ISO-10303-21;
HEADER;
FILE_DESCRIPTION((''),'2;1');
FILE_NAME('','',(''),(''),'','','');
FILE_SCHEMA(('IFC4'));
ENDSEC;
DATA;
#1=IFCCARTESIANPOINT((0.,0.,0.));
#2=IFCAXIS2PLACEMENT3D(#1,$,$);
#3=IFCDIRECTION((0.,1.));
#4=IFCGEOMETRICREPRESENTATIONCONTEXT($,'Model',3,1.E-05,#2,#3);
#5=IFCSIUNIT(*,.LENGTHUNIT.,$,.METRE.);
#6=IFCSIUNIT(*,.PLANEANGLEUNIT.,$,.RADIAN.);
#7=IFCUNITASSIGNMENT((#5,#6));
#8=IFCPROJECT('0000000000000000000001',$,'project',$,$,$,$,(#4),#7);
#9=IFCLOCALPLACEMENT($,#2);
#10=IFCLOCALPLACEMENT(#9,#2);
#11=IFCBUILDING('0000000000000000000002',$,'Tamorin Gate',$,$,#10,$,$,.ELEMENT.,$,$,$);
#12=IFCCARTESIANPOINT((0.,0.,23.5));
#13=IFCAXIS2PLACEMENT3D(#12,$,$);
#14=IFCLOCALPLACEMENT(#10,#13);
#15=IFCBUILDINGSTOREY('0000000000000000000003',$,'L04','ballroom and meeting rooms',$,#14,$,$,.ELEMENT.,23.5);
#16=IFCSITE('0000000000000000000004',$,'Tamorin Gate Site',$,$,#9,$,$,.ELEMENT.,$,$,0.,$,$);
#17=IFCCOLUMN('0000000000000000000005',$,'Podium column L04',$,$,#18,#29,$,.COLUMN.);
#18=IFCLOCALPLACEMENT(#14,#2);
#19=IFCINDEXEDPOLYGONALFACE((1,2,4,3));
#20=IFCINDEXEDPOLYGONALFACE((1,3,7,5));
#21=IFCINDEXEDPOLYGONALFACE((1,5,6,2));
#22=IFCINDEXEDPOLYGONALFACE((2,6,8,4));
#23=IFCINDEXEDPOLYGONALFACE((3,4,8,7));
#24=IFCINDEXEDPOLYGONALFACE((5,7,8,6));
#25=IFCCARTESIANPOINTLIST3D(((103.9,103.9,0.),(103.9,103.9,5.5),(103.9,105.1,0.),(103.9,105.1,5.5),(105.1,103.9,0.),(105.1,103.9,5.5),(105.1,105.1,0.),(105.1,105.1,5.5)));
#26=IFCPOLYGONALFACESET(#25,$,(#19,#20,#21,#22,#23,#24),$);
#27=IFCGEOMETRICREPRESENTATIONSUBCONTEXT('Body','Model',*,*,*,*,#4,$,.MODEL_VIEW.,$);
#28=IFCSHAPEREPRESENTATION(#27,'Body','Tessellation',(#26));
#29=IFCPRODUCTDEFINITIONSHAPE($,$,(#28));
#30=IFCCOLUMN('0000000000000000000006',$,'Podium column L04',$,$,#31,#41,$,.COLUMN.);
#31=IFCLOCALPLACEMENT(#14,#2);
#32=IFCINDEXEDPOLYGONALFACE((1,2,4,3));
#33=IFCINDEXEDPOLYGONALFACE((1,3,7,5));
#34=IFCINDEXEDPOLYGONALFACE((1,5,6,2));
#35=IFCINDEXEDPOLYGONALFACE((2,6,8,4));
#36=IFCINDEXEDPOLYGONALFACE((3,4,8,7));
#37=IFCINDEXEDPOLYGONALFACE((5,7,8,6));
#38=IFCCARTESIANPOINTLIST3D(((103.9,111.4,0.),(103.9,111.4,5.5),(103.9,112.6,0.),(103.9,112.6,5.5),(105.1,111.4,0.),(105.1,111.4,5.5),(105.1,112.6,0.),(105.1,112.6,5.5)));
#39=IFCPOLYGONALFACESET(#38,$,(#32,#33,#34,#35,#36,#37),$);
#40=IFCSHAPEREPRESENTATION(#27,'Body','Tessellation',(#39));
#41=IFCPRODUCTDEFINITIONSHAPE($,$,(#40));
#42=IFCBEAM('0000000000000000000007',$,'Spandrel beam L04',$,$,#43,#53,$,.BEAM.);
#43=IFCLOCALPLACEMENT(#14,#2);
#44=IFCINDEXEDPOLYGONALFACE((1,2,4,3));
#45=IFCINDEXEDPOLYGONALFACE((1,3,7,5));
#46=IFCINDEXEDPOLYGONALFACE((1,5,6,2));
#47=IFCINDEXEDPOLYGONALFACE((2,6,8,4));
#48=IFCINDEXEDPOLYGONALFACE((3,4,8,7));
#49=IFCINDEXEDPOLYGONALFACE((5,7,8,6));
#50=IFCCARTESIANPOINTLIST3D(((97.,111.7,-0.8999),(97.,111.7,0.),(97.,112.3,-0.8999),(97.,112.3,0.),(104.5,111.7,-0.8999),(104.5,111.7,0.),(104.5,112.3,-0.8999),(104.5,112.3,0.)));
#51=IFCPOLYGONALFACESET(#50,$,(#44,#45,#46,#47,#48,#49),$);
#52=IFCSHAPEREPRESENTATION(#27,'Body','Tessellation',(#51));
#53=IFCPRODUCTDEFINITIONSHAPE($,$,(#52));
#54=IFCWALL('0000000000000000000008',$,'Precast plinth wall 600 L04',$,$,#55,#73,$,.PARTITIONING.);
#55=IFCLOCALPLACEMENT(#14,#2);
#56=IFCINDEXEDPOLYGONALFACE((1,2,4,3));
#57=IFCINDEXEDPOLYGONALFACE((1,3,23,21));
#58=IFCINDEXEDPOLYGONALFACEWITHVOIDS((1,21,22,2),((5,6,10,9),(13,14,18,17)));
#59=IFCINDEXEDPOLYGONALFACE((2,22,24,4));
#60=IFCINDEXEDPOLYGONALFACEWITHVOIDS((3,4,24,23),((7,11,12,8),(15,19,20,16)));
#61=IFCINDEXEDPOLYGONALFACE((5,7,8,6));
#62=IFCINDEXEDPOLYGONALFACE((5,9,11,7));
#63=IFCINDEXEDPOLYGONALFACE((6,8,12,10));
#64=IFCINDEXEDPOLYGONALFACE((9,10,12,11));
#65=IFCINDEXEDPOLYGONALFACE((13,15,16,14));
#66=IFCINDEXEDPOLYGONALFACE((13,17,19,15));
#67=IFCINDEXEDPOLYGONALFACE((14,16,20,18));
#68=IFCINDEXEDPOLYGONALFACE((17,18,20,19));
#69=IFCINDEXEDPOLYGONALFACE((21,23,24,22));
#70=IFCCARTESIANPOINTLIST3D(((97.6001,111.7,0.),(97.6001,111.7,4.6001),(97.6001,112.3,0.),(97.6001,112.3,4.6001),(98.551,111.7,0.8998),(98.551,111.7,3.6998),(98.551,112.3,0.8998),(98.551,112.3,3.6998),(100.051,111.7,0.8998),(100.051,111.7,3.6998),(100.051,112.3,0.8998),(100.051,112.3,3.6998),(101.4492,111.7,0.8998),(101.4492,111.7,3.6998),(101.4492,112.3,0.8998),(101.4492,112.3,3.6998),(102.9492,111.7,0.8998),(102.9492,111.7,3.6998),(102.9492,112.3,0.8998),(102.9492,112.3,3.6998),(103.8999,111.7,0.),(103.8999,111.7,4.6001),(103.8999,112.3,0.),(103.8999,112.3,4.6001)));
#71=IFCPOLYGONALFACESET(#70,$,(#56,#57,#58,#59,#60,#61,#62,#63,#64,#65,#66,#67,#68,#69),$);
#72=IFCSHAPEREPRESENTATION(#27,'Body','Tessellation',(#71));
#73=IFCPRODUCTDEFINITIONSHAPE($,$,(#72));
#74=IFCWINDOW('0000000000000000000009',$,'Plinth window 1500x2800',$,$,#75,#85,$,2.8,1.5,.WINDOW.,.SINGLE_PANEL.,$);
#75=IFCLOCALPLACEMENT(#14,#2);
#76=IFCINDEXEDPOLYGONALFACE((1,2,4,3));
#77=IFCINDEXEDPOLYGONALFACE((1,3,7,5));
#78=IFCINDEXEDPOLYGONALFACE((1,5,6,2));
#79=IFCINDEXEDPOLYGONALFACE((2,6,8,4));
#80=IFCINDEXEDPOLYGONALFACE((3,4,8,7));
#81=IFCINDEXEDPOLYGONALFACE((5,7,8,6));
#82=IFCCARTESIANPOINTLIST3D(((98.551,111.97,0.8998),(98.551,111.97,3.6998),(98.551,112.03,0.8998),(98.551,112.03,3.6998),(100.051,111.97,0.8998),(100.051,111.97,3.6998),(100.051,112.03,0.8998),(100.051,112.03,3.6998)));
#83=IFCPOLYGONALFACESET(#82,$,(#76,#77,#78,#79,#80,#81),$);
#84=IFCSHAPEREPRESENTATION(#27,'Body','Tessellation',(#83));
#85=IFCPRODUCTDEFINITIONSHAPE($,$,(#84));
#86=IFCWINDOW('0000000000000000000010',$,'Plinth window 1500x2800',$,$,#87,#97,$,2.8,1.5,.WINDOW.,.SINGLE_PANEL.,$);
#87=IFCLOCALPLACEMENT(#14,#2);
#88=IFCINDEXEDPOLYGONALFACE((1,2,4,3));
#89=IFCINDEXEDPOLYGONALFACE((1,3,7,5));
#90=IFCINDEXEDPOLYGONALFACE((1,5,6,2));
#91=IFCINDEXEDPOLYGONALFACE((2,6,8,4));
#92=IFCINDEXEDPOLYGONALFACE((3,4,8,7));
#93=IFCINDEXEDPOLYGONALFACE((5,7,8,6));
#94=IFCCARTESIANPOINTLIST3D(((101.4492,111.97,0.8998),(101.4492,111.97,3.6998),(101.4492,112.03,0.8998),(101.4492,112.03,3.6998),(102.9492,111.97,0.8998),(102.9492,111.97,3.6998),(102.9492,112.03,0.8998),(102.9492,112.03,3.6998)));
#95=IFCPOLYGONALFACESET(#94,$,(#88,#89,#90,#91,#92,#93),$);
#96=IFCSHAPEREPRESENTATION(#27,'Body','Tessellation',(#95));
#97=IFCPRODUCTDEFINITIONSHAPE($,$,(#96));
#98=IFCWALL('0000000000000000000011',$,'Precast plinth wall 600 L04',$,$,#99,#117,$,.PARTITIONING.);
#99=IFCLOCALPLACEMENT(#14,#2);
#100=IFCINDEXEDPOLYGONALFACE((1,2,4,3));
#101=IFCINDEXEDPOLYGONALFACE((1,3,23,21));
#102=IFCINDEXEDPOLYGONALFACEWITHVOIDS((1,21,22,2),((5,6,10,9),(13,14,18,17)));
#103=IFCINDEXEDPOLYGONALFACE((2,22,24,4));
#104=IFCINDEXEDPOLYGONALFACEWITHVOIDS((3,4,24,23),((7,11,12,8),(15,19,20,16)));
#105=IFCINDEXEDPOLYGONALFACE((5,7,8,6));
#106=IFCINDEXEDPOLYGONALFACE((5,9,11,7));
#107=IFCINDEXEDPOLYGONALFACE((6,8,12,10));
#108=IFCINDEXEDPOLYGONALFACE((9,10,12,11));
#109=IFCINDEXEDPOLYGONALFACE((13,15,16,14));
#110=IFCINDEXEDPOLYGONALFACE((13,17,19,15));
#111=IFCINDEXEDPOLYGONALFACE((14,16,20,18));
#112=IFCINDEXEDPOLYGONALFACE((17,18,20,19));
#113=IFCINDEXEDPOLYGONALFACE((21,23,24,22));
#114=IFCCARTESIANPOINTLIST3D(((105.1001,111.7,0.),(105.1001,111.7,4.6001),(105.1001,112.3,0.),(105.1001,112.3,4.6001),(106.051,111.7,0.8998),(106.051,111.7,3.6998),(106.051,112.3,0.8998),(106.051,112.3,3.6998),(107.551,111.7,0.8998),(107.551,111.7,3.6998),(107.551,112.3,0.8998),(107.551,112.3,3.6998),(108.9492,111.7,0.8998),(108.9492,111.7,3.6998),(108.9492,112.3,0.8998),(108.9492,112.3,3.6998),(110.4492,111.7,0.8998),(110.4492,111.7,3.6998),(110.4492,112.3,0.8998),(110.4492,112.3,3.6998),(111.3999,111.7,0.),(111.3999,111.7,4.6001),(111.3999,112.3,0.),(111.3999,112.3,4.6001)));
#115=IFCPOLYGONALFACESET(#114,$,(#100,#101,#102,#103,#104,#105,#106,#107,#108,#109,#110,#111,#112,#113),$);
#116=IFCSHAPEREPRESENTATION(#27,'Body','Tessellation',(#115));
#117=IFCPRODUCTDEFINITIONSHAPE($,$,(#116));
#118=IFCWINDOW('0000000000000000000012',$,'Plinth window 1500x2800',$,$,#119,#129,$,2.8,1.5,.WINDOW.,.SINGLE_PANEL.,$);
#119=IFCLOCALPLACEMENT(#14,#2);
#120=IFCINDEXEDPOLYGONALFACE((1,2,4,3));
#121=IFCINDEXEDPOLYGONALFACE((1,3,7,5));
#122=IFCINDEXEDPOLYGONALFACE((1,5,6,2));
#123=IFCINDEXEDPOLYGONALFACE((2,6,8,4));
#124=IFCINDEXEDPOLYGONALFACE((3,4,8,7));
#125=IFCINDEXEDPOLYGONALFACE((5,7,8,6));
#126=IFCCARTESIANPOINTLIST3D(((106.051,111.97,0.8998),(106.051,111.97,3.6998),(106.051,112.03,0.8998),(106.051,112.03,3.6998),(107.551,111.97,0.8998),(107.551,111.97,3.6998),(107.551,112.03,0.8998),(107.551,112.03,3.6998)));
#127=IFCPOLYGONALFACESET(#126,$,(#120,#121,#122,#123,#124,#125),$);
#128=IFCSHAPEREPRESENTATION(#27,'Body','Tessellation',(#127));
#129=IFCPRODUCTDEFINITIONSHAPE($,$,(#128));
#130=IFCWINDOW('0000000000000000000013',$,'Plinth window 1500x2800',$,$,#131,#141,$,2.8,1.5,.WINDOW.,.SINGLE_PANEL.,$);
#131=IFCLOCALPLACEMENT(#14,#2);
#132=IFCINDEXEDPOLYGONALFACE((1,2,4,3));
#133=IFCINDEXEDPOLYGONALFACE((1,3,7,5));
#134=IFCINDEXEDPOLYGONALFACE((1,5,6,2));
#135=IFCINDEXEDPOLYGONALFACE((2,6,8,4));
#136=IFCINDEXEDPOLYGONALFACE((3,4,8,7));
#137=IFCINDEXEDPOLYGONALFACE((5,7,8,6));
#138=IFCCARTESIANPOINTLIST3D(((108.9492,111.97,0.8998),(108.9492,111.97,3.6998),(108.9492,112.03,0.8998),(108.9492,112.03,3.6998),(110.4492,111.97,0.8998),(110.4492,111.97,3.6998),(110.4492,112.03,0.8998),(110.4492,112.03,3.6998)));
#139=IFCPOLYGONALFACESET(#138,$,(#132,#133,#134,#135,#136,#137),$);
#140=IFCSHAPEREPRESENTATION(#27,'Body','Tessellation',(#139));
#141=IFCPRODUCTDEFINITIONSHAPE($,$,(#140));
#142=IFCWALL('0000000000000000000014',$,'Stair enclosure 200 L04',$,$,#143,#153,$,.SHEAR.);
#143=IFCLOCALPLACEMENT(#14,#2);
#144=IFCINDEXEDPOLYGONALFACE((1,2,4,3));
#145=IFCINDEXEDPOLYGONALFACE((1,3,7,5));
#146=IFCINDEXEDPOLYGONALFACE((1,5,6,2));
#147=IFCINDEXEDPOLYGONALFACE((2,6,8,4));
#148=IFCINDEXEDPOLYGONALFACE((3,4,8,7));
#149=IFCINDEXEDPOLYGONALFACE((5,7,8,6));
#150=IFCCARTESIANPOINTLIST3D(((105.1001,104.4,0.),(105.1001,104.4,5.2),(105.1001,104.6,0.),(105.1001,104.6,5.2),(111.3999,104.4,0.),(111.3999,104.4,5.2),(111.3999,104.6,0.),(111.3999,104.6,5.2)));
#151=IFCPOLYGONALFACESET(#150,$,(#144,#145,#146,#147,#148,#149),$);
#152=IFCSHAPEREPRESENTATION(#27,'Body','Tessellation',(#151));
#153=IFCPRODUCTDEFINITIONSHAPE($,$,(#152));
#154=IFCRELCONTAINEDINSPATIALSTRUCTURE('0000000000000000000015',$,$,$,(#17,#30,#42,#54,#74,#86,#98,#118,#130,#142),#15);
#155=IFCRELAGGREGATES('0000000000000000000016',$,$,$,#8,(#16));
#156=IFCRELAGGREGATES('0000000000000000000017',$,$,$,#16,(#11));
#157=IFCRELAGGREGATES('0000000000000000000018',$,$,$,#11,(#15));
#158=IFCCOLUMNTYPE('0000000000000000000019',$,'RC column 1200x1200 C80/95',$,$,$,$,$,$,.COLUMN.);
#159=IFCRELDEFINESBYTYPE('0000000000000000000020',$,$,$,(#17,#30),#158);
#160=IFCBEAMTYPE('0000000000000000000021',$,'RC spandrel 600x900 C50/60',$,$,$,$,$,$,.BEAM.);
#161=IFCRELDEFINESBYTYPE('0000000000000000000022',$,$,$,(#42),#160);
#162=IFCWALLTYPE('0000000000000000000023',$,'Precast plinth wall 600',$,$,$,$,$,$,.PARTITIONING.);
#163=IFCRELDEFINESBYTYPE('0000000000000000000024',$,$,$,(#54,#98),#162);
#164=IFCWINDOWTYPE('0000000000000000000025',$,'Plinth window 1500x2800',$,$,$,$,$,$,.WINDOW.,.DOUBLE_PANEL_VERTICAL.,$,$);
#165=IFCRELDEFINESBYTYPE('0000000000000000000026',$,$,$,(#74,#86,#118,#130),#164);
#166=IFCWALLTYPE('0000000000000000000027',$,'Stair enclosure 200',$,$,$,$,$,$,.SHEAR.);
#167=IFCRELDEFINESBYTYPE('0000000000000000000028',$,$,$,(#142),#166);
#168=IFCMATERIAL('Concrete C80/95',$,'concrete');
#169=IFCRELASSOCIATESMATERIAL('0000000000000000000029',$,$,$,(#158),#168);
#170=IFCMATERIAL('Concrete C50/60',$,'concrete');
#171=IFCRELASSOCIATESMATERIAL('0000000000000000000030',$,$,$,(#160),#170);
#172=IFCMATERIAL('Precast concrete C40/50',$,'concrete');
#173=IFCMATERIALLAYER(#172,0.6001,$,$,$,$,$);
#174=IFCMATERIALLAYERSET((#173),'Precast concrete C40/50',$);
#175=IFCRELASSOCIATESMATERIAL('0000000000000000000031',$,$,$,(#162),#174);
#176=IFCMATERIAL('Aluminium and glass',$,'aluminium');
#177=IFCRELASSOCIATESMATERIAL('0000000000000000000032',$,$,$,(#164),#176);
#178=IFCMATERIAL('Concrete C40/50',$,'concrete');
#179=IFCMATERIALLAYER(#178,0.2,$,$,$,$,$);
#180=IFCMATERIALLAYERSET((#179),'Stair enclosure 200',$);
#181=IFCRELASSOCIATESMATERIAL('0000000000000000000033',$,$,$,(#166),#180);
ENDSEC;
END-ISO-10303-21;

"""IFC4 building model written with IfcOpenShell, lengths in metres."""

from ifc_helpers import new_model, si_unit, direction, frame, frame_2d, origin, origin_2d, place, context, subcontext, project, spatial, rectangle, extrude, material, layer, layer_set, material_profile, profile_set, type_object, element, fill, save


model = new_model("IFC4")

# Units and contexts
model_context = context("Model", 3, precision=1e-05, world=origin(), true_north=direction((0.0, 1.0)))
body_context = subcontext(model_context, "Body", "Model", "MODEL_VIEW")
ifc_project = project(units=[si_unit("LENGTHUNIT", "METRE"), si_unit("PLANEANGLEUNIT", "RADIAN")], contexts=[model_context])

# Site, building, storey
site_placement = place(None, origin())
site = spatial("IfcSite", under=ifc_project, at=site_placement, Name="Tamorin Gate Site", CompositionType="ELEMENT", RefElevation=0.0)
building_placement = place(site_placement, origin())
building = spatial("IfcBuilding", under=site, at=building_placement, Name="Tamorin Gate", CompositionType="ELEMENT")
storey_placement = place(building_placement, frame((0.0, 0.0, 23.5)))
storey = spatial("IfcBuildingStorey", under=building, at=storey_placement, Name="L04", Description="ballroom and meeting rooms", CompositionType="ELEMENT", Elevation=23.5)

# Columns
ifc_material_1 = material(Name="Concrete C80/95", Category="concrete")
ifc_material_profile_1 = material_profile(ifc_material_1, rectangle(XDim=1.2, YDim=1.2, at=origin_2d()), Name="RC 1200x1200")
ifc_profile_set_1 = profile_set([ifc_material_profile_1], Name="Concrete C80/95")
column_type = type_object("IfcColumnType", Name="RC column 1200x1200 C80/95", PredefinedType="COLUMN", material=ifc_profile_set_1)
for number, where, z_axis, x_axis, name in (
    (1, (104.5, 104.5, 0.0), (0.0, 0.0, 1.0), (1.0, 0.0, 0.0), "Podium column L04"),
    (2, (104.5, 112.0, 0.0), (0.0, 0.0, 1.0), (1.0, 0.0, 0.0), "Podium column L04"),
):
    element("IfcColumn", number, at=place(storey_placement, frame(where, z_axis=z_axis, x_axis=x_axis)), inside=storey, type_object=column_type, Name=name, PredefinedType="COLUMN", context=body_context, shape_type="SweptSolid", body=[
        extrude(rectangle(XDim=1.2, YDim=1.2, at=origin_2d()), origin(), (0.0, 0.0, 1.0), 5.5),
    ])

# Beam
ifc_material_2 = material(Name="Concrete C50/60", Category="concrete")
ifc_material_profile_2 = material_profile(ifc_material_2, rectangle(XDim=0.6001, YDim=0.8999, at=origin_2d()), Name="RC 600x900")
ifc_profile_set_2 = profile_set([ifc_material_profile_2], Name="Concrete C50/60")
beam_type = type_object("IfcBeamType", Name="RC spandrel 600x900 C50/60", PredefinedType="BEAM", material=ifc_profile_set_2)
beam_placement = place(storey_placement, frame((104.5, 112.0, -0.45), z_axis=(-1.0, 0.0, 0.0), x_axis=(0.0, -1.0, 0.0)))
element("IfcBeam", 3, at=beam_placement, inside=storey, type_object=beam_type, Name="Spandrel beam L04", PredefinedType="BEAM", context=body_context, shape_type="SweptSolid", body=[
    extrude(rectangle(XDim=0.6001, YDim=0.8999, at=origin_2d()), origin(), (0.0, 0.0, 1.0), 7.5),
])

# Walls, openings, windows
ifc_material_3 = material(Name="Precast concrete C40/50", Category="concrete")
ifc_layer_1 = layer(ifc_material_3, 0.6001)
ifc_layer_set_1 = layer_set([ifc_layer_1], Name="Precast concrete C40/50")
wall_type_1 = type_object("IfcWallType", Name="Precast plinth wall 600", PredefinedType="PARTITIONING", material=ifc_layer_set_1)
wall_1_placement = place(storey_placement, frame((97.6001, 112.0, 0.0), z_axis=(0.0, 0.0, 1.0), x_axis=(1.0, 0.0, 0.0)))
wall_1 = element("IfcWall", 4, at=wall_1_placement, inside=storey, type_object=wall_type_1, Name="Precast plinth wall 600 L04", PredefinedType="PARTITIONING", context=body_context, shape_type="SweptSolid", body=[
    extrude(rectangle(XDim=6.2998, YDim=0.6001, at=frame_2d((3.1499, 0.0))), origin(), (0.0, 0.0, 1.0), 4.6001),
])
opening_1_placement = place(wall_1_placement, frame((0.9509, 0.0, 0.8999)))
opening_1 = element("IfcOpeningElement", 5, at=opening_1_placement, cuts=wall_1, PredefinedType="OPENING", context=body_context, shape_type="SweptSolid", body=[
    extrude(rectangle(XDim=1.5, YDim=2.8, at=frame_2d((0.75, 1.3999))), frame((0.0, 0.3101, 0.0), z_axis=(0.0, -1.0, 0.0), x_axis=(1.0, 0.0, 0.0)), (0.0, 0.0, 1.0), 0.6201),
])
opening_2_placement = place(wall_1_placement, frame((3.8491, 0.0, 0.8999)))
opening_2 = element("IfcOpeningElement", 6, at=opening_2_placement, cuts=wall_1, PredefinedType="OPENING", context=body_context, shape_type="SweptSolid", body=[
    extrude(rectangle(XDim=1.5, YDim=2.8, at=frame_2d((0.75, 1.3999))), frame((0.0, 0.3101, 0.0), z_axis=(0.0, -1.0, 0.0), x_axis=(1.0, 0.0, 0.0)), (0.0, 0.0, 1.0), 0.6201),
])
ifc_material_4 = material(Name="Aluminium and glass", Category="aluminium")
window_type = type_object("IfcWindowType", Name="Plinth window 1500x2800", PartitioningType="DOUBLE_PANEL_VERTICAL", PredefinedType="WINDOW", material=ifc_material_4)
window_1_placement = place(opening_1_placement, origin())
window_1 = element("IfcWindow", 7, at=window_1_placement, inside=storey, type_object=window_type, Name="Plinth window 1500x2800", OverallHeight=2.8, OverallWidth=1.5, PartitioningType="SINGLE_PANEL", PredefinedType="WINDOW", context=body_context, shape_type="SweptSolid", body=[
    extrude(rectangle(XDim=1.5, YDim=2.8, at=frame_2d((0.75, 1.3999))), frame((0.0, 0.03, 0.0), z_axis=(0.0, -1.0, 0.0), x_axis=(1.0, 0.0, 0.0)), (0.0, 0.0, 1.0), 0.0601),
])
fill(opening_1, window_1)
window_2_placement = place(opening_2_placement, origin())
window_2 = element("IfcWindow", 8, at=window_2_placement, inside=storey, type_object=window_type, Name="Plinth window 1500x2800", OverallHeight=2.8, OverallWidth=1.5, PartitioningType="SINGLE_PANEL", PredefinedType="WINDOW", context=body_context, shape_type="SweptSolid", body=[
    extrude(rectangle(XDim=1.5, YDim=2.8, at=frame_2d((0.75, 1.3999))), frame((0.0, 0.03, 0.0), z_axis=(0.0, -1.0, 0.0), x_axis=(1.0, 0.0, 0.0)), (0.0, 0.0, 1.0), 0.0601),
])
fill(opening_2, window_2)
wall_2_placement = place(storey_placement, frame((105.1001, 112.0, 0.0), z_axis=(0.0, 0.0, 1.0), x_axis=(1.0, 0.0, 0.0)))
wall_2 = element("IfcWall", 9, at=wall_2_placement, inside=storey, type_object=wall_type_1, Name="Precast plinth wall 600 L04", PredefinedType="PARTITIONING", context=body_context, shape_type="SweptSolid", body=[
    extrude(rectangle(XDim=6.2998, YDim=0.6001, at=frame_2d((3.1499, 0.0))), origin(), (0.0, 0.0, 1.0), 4.6001),
])
opening_3_placement = place(wall_2_placement, frame((0.9509, 0.0, 0.8999)))
opening_3 = element("IfcOpeningElement", 10, at=opening_3_placement, cuts=wall_2, PredefinedType="OPENING", context=body_context, shape_type="SweptSolid", body=[
    extrude(rectangle(XDim=1.5, YDim=2.8, at=frame_2d((0.75, 1.3999))), frame((0.0, 0.3101, 0.0), z_axis=(0.0, -1.0, 0.0), x_axis=(1.0, 0.0, 0.0)), (0.0, 0.0, 1.0), 0.6201),
])
opening_4_placement = place(wall_2_placement, frame((3.8491, 0.0, 0.8999)))
opening_4 = element("IfcOpeningElement", 11, at=opening_4_placement, cuts=wall_2, PredefinedType="OPENING", context=body_context, shape_type="SweptSolid", body=[
    extrude(rectangle(XDim=1.5, YDim=2.8, at=frame_2d((0.75, 1.3999))), frame((0.0, 0.3101, 0.0), z_axis=(0.0, -1.0, 0.0), x_axis=(1.0, 0.0, 0.0)), (0.0, 0.0, 1.0), 0.6201),
])
window_3_placement = place(opening_3_placement, origin())
window_3 = element("IfcWindow", 12, at=window_3_placement, inside=storey, type_object=window_type, Name="Plinth window 1500x2800", OverallHeight=2.8, OverallWidth=1.5, PartitioningType="SINGLE_PANEL", PredefinedType="WINDOW", context=body_context, shape_type="SweptSolid", body=[
    extrude(rectangle(XDim=1.5, YDim=2.8, at=frame_2d((0.75, 1.3999))), frame((0.0, 0.03, 0.0), z_axis=(0.0, -1.0, 0.0), x_axis=(1.0, 0.0, 0.0)), (0.0, 0.0, 1.0), 0.0601),
])
fill(opening_3, window_3)
window_4_placement = place(opening_4_placement, origin())
window_4 = element("IfcWindow", 13, at=window_4_placement, inside=storey, type_object=window_type, Name="Plinth window 1500x2800", OverallHeight=2.8, OverallWidth=1.5, PartitioningType="SINGLE_PANEL", PredefinedType="WINDOW", context=body_context, shape_type="SweptSolid", body=[
    extrude(rectangle(XDim=1.5, YDim=2.8, at=frame_2d((0.75, 1.3999))), frame((0.0, 0.03, 0.0), z_axis=(0.0, -1.0, 0.0), x_axis=(1.0, 0.0, 0.0)), (0.0, 0.0, 1.0), 0.0601),
])
fill(opening_4, window_4)

# Shared definitions
ifc_material_5 = material(Name="Concrete C40/50", Category="concrete")
ifc_layer_2 = layer(ifc_material_5, 0.2)
ifc_layer_set_2 = layer_set([ifc_layer_2], Name="Stair enclosure 200")
wall_type_2 = type_object("IfcWallType", Name="Stair enclosure 200", PredefinedType="SHEAR", material=ifc_layer_set_2)

# Wall
wall_3_placement = place(storey_placement, frame((105.1001, 104.5, 0.0), z_axis=(0.0, 0.0, 1.0), x_axis=(1.0, 0.0, 0.0)))
element("IfcWall", 14, at=wall_3_placement, inside=storey, type_object=wall_type_2, Name="Stair enclosure 200 L04", PredefinedType="SHEAR", context=body_context, shape_type="SweptSolid", body=[
    extrude(rectangle(XDim=6.2998, YDim=0.2, at=frame_2d((3.1499, 0.0))), origin(), (0.0, 0.0, 1.0), 5.2),
])

save(model, "model.ifc")
